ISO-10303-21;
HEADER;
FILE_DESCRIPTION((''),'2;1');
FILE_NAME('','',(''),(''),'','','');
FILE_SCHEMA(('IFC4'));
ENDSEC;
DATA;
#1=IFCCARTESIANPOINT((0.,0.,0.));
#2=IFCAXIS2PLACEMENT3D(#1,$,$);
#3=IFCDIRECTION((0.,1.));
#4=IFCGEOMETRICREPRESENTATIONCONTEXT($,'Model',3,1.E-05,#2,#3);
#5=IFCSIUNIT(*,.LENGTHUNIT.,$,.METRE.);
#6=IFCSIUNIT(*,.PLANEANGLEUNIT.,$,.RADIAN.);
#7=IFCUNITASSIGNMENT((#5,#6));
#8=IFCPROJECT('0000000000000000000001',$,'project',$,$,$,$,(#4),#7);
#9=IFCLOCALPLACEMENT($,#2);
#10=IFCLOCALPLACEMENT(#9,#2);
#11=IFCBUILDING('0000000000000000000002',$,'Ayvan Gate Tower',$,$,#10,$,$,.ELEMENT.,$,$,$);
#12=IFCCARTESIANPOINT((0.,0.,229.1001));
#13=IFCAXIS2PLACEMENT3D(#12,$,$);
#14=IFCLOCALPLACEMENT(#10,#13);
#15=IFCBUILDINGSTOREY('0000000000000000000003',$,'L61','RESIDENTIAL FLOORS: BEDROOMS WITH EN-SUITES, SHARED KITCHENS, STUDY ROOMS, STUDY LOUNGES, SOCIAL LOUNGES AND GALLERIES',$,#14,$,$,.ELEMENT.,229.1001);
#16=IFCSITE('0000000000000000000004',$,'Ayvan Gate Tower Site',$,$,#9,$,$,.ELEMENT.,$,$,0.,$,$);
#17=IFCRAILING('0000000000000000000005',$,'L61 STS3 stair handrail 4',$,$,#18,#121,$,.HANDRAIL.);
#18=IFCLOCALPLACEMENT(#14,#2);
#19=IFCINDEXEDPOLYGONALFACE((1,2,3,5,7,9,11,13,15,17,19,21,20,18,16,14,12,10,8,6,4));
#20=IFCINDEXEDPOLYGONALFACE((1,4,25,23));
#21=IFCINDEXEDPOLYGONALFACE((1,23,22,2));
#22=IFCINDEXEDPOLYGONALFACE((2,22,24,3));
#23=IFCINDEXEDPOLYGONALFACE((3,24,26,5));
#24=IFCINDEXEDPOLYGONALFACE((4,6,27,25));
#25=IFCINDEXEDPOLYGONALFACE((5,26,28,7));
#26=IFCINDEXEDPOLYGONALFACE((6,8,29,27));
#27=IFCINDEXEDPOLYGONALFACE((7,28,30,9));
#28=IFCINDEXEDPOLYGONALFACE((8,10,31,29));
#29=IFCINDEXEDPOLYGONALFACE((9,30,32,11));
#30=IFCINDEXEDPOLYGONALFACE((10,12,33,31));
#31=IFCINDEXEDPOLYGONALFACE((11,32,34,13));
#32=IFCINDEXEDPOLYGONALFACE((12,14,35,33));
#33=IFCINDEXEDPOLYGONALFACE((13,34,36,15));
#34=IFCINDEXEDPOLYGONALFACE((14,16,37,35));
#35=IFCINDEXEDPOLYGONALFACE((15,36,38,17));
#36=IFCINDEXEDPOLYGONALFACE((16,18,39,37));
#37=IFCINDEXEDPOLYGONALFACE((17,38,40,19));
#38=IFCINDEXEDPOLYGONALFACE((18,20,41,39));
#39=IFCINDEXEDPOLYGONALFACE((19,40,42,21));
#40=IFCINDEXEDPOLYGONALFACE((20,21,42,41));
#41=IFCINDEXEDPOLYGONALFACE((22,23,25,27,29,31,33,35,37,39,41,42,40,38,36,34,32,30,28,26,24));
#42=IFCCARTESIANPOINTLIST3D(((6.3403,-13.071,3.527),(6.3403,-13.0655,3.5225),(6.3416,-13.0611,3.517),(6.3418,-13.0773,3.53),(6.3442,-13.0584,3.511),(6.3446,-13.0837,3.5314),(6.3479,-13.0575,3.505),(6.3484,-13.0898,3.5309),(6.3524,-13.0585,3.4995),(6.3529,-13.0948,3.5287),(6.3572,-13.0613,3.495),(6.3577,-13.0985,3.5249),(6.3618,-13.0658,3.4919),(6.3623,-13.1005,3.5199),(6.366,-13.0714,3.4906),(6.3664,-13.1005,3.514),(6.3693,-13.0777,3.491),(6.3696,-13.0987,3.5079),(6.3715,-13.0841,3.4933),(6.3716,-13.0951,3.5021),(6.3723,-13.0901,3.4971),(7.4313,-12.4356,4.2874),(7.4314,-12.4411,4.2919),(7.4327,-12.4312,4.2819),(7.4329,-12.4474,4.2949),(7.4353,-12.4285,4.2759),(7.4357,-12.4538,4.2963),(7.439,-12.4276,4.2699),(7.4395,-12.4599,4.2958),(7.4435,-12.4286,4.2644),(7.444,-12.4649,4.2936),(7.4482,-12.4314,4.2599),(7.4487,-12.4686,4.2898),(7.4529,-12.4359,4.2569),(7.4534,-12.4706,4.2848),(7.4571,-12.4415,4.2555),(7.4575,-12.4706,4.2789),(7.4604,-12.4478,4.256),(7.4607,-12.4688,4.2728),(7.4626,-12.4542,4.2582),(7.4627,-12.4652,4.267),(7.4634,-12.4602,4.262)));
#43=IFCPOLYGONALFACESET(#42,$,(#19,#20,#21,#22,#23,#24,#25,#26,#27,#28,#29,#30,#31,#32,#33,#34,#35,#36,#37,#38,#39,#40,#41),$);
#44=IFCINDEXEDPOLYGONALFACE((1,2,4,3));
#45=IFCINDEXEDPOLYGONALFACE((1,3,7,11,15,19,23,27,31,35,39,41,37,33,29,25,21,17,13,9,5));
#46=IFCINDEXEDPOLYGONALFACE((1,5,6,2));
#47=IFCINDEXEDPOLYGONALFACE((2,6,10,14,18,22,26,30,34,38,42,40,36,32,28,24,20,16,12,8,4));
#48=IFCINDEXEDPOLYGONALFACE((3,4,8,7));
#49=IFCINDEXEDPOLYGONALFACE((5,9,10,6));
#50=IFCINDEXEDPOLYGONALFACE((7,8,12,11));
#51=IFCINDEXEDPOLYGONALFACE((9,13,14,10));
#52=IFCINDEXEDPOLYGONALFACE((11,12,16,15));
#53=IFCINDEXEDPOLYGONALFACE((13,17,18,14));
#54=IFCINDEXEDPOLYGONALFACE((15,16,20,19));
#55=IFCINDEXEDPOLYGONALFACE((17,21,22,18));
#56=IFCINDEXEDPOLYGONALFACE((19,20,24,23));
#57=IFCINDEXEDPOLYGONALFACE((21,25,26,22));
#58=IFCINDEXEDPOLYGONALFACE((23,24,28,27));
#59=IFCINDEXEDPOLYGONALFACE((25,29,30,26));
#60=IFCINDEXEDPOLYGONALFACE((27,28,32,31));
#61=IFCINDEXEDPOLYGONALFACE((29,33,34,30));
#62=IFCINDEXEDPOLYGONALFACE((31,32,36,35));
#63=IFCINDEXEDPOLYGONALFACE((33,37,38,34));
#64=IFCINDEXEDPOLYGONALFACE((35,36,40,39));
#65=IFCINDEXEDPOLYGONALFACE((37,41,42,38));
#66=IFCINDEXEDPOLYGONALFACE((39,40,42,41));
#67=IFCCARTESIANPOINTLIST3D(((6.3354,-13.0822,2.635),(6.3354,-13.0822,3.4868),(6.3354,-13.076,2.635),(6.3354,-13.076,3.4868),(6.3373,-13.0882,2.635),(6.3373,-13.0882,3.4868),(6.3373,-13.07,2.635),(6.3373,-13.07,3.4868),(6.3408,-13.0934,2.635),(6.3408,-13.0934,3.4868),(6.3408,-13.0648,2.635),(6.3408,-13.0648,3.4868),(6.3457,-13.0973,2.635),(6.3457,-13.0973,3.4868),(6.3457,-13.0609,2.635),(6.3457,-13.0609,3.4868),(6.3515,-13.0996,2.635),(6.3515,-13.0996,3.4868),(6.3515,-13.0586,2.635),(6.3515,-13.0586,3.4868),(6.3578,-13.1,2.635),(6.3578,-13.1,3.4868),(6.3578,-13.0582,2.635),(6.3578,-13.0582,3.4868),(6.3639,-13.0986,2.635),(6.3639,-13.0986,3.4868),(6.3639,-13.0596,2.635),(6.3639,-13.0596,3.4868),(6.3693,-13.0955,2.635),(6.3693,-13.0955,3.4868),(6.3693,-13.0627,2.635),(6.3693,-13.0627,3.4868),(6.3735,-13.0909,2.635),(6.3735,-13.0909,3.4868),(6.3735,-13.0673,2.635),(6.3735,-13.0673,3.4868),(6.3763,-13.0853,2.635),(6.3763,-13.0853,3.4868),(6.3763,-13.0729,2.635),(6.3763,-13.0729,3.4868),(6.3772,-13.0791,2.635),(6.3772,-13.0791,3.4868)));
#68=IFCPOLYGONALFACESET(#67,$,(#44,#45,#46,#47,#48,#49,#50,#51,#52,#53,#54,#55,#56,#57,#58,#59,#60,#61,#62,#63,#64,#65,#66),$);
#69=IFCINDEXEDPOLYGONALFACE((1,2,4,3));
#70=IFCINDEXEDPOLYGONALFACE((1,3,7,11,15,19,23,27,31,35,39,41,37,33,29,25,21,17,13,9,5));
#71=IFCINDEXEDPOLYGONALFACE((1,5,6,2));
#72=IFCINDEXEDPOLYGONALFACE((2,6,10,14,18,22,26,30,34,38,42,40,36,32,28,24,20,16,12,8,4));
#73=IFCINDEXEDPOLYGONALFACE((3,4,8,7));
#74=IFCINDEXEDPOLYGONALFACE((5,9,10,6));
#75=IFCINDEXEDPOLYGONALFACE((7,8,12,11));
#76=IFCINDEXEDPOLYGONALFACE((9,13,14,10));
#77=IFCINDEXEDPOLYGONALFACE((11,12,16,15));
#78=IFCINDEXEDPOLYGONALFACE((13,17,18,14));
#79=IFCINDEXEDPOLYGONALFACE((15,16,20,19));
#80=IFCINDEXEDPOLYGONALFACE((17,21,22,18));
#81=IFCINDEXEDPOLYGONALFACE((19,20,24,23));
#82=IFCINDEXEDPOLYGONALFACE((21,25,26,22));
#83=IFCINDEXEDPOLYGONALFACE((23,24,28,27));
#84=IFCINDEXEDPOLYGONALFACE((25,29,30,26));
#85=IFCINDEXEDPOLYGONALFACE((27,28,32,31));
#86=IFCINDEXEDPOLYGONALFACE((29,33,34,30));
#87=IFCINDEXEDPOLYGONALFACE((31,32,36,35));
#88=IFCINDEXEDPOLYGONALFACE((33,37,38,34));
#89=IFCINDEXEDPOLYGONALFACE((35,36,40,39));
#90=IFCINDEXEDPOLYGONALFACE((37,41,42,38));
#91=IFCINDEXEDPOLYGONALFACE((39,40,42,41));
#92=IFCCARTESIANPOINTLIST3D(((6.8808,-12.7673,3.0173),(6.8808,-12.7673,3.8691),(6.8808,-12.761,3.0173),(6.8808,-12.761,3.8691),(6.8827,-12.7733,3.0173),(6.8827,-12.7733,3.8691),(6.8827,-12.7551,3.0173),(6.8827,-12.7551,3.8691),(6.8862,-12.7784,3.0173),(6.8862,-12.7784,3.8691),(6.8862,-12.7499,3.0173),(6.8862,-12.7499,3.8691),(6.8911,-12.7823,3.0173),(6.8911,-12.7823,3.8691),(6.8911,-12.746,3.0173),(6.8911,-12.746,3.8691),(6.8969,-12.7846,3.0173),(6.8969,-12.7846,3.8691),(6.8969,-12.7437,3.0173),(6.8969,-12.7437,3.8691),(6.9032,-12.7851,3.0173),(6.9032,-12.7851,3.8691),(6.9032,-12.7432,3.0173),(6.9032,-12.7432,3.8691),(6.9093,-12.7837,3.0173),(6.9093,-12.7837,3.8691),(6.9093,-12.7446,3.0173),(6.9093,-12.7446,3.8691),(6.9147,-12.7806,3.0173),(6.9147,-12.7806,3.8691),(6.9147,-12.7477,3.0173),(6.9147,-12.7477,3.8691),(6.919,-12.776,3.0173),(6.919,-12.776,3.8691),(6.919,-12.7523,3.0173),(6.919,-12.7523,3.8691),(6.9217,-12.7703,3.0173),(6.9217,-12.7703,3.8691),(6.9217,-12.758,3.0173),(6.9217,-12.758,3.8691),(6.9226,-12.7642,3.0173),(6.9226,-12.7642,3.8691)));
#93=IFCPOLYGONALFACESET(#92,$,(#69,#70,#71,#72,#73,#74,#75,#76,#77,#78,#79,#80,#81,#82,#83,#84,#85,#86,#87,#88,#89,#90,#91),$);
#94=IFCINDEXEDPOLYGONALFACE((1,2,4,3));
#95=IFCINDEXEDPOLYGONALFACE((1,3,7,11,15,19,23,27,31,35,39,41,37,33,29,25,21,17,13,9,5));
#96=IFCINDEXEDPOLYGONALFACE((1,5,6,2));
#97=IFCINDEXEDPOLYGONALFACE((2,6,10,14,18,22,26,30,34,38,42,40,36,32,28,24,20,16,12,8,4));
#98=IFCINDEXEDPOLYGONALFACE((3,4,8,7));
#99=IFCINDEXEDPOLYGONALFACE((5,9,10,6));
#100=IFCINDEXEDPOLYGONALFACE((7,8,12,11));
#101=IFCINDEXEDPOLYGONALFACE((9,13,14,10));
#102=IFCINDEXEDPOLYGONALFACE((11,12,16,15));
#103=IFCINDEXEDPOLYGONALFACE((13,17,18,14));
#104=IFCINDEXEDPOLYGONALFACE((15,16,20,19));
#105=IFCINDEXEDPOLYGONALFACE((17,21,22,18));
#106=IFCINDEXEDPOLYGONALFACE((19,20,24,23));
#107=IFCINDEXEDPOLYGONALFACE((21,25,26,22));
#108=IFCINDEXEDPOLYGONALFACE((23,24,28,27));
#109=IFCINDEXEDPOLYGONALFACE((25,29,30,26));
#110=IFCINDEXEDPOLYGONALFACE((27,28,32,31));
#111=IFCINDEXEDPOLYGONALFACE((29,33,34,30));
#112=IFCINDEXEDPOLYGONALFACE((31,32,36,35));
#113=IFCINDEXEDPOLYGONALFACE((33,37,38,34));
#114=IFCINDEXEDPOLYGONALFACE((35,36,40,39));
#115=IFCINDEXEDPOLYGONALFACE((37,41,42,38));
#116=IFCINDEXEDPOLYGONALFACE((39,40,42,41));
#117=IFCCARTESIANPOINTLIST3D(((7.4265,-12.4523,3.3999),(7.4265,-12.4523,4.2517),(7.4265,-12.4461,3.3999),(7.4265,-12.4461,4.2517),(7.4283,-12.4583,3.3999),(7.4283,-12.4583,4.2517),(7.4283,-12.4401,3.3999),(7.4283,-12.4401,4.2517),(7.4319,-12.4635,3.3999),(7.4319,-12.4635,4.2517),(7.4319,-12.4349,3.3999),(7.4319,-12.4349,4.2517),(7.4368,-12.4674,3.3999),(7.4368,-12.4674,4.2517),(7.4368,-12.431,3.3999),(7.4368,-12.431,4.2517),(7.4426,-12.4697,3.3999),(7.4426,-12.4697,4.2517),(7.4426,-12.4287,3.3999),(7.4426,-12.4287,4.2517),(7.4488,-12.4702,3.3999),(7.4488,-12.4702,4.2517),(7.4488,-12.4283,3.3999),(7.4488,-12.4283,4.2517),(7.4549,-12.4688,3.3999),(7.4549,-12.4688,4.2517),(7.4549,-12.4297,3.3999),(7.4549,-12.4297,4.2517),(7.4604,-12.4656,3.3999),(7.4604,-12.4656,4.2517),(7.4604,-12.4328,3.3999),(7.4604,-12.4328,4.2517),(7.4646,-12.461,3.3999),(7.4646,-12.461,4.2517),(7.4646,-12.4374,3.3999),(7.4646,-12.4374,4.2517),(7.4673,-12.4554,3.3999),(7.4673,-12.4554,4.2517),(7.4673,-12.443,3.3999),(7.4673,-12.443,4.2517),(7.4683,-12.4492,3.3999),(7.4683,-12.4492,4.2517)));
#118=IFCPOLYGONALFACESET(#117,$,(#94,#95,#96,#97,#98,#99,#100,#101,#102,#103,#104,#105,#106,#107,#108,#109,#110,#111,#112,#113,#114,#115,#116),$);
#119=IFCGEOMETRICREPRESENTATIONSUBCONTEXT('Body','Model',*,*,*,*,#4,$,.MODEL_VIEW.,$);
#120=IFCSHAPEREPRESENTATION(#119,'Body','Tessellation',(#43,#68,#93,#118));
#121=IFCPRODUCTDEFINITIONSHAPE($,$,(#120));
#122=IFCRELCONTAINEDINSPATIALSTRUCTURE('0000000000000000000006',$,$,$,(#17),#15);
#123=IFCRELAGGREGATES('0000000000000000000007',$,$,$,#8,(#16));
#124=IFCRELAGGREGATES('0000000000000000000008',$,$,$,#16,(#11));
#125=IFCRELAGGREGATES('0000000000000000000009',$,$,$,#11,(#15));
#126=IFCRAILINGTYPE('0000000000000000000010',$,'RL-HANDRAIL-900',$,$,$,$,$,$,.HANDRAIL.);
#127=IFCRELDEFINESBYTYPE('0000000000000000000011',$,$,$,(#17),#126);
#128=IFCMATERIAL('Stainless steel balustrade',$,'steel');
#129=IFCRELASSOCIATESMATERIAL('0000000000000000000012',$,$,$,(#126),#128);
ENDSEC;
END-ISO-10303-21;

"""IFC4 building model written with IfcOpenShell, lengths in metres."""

from ifc_helpers import new_model, si_unit, direction, frame, origin, origin_2d, place, context, subcontext, project, spatial, circle, extrude, material, type_object, element, save


model = new_model("IFC4")

# Units and contexts
model_context = context("Model", 3, precision=1e-05, world=origin(), true_north=direction((0.0, 1.0)))
body_context = subcontext(model_context, "Body", "Model", "MODEL_VIEW")
ifc_project = project(units=[si_unit("LENGTHUNIT", "METRE"), si_unit("PLANEANGLEUNIT", "RADIAN")], contexts=[model_context])

# Site, building, storey
site_placement = place(None, origin())
site = spatial("IfcSite", under=ifc_project, at=site_placement, Name="Ayvan Gate Tower Site", CompositionType="ELEMENT", RefElevation=0.0)
building_placement = place(site_placement, origin())
building = spatial("IfcBuilding", under=site, at=building_placement, Name="Ayvan Gate Tower", CompositionType="ELEMENT")
storey_placement = place(building_placement, frame((0.0, 0.0, 229.1001)))
storey = spatial("IfcBuildingStorey", under=building, at=storey_placement, Name="L61", Description="RESIDENTIAL FLOORS: BEDROOMS WITH EN-SUITES, SHARED KITCHENS, STUDY ROOMS, STUDY LOUNGES, SOCIAL LOUNGES AND GALLERIES", CompositionType="ELEMENT", Elevation=229.1001)

# Railing
ifc_material_1 = material(Name="Stainless steel balustrade", Category="steel")
railing_type_1 = type_object("IfcRailingType", Name="RL-HANDRAIL-900", PredefinedType="HANDRAIL", material=ifc_material_1)
railing_1_placement = place(storey_placement, frame((6.3562, -13.0791, 2.635)))
element("IfcRailing", 1, at=railing_1_placement, inside=storey, type_object=railing_type_1, Name="L61 STS3 stair handrail 4", PredefinedType="HANDRAIL", context=body_context, shape_type="SweptSolid", body=[
    extrude(circle(Radius=0.0239, at=origin_2d()), frame((0.0, 0.0, 0.876), z_axis=(0.740282, 0.427372, 0.518976), x_axis=(-0.499974, 0.86604, 0.0)), (0.0, 0.0, 1.0), 1.4739),
    extrude(circle(Radius=0.021, at=origin_2d()), origin(), (0.0, 0.0, 1.0), 0.8518),
    extrude(circle(Radius=0.021, at=origin_2d()), frame((0.5454, 0.3149, 0.3823)), (0.0, 0.0, 1.0), 0.8518),
    extrude(circle(Radius=0.021, at=origin_2d()), frame((1.0911, 0.6299, 0.7649)), (0.0, 0.0, 1.0), 0.8518),
])

save(model, "model.ifc")
